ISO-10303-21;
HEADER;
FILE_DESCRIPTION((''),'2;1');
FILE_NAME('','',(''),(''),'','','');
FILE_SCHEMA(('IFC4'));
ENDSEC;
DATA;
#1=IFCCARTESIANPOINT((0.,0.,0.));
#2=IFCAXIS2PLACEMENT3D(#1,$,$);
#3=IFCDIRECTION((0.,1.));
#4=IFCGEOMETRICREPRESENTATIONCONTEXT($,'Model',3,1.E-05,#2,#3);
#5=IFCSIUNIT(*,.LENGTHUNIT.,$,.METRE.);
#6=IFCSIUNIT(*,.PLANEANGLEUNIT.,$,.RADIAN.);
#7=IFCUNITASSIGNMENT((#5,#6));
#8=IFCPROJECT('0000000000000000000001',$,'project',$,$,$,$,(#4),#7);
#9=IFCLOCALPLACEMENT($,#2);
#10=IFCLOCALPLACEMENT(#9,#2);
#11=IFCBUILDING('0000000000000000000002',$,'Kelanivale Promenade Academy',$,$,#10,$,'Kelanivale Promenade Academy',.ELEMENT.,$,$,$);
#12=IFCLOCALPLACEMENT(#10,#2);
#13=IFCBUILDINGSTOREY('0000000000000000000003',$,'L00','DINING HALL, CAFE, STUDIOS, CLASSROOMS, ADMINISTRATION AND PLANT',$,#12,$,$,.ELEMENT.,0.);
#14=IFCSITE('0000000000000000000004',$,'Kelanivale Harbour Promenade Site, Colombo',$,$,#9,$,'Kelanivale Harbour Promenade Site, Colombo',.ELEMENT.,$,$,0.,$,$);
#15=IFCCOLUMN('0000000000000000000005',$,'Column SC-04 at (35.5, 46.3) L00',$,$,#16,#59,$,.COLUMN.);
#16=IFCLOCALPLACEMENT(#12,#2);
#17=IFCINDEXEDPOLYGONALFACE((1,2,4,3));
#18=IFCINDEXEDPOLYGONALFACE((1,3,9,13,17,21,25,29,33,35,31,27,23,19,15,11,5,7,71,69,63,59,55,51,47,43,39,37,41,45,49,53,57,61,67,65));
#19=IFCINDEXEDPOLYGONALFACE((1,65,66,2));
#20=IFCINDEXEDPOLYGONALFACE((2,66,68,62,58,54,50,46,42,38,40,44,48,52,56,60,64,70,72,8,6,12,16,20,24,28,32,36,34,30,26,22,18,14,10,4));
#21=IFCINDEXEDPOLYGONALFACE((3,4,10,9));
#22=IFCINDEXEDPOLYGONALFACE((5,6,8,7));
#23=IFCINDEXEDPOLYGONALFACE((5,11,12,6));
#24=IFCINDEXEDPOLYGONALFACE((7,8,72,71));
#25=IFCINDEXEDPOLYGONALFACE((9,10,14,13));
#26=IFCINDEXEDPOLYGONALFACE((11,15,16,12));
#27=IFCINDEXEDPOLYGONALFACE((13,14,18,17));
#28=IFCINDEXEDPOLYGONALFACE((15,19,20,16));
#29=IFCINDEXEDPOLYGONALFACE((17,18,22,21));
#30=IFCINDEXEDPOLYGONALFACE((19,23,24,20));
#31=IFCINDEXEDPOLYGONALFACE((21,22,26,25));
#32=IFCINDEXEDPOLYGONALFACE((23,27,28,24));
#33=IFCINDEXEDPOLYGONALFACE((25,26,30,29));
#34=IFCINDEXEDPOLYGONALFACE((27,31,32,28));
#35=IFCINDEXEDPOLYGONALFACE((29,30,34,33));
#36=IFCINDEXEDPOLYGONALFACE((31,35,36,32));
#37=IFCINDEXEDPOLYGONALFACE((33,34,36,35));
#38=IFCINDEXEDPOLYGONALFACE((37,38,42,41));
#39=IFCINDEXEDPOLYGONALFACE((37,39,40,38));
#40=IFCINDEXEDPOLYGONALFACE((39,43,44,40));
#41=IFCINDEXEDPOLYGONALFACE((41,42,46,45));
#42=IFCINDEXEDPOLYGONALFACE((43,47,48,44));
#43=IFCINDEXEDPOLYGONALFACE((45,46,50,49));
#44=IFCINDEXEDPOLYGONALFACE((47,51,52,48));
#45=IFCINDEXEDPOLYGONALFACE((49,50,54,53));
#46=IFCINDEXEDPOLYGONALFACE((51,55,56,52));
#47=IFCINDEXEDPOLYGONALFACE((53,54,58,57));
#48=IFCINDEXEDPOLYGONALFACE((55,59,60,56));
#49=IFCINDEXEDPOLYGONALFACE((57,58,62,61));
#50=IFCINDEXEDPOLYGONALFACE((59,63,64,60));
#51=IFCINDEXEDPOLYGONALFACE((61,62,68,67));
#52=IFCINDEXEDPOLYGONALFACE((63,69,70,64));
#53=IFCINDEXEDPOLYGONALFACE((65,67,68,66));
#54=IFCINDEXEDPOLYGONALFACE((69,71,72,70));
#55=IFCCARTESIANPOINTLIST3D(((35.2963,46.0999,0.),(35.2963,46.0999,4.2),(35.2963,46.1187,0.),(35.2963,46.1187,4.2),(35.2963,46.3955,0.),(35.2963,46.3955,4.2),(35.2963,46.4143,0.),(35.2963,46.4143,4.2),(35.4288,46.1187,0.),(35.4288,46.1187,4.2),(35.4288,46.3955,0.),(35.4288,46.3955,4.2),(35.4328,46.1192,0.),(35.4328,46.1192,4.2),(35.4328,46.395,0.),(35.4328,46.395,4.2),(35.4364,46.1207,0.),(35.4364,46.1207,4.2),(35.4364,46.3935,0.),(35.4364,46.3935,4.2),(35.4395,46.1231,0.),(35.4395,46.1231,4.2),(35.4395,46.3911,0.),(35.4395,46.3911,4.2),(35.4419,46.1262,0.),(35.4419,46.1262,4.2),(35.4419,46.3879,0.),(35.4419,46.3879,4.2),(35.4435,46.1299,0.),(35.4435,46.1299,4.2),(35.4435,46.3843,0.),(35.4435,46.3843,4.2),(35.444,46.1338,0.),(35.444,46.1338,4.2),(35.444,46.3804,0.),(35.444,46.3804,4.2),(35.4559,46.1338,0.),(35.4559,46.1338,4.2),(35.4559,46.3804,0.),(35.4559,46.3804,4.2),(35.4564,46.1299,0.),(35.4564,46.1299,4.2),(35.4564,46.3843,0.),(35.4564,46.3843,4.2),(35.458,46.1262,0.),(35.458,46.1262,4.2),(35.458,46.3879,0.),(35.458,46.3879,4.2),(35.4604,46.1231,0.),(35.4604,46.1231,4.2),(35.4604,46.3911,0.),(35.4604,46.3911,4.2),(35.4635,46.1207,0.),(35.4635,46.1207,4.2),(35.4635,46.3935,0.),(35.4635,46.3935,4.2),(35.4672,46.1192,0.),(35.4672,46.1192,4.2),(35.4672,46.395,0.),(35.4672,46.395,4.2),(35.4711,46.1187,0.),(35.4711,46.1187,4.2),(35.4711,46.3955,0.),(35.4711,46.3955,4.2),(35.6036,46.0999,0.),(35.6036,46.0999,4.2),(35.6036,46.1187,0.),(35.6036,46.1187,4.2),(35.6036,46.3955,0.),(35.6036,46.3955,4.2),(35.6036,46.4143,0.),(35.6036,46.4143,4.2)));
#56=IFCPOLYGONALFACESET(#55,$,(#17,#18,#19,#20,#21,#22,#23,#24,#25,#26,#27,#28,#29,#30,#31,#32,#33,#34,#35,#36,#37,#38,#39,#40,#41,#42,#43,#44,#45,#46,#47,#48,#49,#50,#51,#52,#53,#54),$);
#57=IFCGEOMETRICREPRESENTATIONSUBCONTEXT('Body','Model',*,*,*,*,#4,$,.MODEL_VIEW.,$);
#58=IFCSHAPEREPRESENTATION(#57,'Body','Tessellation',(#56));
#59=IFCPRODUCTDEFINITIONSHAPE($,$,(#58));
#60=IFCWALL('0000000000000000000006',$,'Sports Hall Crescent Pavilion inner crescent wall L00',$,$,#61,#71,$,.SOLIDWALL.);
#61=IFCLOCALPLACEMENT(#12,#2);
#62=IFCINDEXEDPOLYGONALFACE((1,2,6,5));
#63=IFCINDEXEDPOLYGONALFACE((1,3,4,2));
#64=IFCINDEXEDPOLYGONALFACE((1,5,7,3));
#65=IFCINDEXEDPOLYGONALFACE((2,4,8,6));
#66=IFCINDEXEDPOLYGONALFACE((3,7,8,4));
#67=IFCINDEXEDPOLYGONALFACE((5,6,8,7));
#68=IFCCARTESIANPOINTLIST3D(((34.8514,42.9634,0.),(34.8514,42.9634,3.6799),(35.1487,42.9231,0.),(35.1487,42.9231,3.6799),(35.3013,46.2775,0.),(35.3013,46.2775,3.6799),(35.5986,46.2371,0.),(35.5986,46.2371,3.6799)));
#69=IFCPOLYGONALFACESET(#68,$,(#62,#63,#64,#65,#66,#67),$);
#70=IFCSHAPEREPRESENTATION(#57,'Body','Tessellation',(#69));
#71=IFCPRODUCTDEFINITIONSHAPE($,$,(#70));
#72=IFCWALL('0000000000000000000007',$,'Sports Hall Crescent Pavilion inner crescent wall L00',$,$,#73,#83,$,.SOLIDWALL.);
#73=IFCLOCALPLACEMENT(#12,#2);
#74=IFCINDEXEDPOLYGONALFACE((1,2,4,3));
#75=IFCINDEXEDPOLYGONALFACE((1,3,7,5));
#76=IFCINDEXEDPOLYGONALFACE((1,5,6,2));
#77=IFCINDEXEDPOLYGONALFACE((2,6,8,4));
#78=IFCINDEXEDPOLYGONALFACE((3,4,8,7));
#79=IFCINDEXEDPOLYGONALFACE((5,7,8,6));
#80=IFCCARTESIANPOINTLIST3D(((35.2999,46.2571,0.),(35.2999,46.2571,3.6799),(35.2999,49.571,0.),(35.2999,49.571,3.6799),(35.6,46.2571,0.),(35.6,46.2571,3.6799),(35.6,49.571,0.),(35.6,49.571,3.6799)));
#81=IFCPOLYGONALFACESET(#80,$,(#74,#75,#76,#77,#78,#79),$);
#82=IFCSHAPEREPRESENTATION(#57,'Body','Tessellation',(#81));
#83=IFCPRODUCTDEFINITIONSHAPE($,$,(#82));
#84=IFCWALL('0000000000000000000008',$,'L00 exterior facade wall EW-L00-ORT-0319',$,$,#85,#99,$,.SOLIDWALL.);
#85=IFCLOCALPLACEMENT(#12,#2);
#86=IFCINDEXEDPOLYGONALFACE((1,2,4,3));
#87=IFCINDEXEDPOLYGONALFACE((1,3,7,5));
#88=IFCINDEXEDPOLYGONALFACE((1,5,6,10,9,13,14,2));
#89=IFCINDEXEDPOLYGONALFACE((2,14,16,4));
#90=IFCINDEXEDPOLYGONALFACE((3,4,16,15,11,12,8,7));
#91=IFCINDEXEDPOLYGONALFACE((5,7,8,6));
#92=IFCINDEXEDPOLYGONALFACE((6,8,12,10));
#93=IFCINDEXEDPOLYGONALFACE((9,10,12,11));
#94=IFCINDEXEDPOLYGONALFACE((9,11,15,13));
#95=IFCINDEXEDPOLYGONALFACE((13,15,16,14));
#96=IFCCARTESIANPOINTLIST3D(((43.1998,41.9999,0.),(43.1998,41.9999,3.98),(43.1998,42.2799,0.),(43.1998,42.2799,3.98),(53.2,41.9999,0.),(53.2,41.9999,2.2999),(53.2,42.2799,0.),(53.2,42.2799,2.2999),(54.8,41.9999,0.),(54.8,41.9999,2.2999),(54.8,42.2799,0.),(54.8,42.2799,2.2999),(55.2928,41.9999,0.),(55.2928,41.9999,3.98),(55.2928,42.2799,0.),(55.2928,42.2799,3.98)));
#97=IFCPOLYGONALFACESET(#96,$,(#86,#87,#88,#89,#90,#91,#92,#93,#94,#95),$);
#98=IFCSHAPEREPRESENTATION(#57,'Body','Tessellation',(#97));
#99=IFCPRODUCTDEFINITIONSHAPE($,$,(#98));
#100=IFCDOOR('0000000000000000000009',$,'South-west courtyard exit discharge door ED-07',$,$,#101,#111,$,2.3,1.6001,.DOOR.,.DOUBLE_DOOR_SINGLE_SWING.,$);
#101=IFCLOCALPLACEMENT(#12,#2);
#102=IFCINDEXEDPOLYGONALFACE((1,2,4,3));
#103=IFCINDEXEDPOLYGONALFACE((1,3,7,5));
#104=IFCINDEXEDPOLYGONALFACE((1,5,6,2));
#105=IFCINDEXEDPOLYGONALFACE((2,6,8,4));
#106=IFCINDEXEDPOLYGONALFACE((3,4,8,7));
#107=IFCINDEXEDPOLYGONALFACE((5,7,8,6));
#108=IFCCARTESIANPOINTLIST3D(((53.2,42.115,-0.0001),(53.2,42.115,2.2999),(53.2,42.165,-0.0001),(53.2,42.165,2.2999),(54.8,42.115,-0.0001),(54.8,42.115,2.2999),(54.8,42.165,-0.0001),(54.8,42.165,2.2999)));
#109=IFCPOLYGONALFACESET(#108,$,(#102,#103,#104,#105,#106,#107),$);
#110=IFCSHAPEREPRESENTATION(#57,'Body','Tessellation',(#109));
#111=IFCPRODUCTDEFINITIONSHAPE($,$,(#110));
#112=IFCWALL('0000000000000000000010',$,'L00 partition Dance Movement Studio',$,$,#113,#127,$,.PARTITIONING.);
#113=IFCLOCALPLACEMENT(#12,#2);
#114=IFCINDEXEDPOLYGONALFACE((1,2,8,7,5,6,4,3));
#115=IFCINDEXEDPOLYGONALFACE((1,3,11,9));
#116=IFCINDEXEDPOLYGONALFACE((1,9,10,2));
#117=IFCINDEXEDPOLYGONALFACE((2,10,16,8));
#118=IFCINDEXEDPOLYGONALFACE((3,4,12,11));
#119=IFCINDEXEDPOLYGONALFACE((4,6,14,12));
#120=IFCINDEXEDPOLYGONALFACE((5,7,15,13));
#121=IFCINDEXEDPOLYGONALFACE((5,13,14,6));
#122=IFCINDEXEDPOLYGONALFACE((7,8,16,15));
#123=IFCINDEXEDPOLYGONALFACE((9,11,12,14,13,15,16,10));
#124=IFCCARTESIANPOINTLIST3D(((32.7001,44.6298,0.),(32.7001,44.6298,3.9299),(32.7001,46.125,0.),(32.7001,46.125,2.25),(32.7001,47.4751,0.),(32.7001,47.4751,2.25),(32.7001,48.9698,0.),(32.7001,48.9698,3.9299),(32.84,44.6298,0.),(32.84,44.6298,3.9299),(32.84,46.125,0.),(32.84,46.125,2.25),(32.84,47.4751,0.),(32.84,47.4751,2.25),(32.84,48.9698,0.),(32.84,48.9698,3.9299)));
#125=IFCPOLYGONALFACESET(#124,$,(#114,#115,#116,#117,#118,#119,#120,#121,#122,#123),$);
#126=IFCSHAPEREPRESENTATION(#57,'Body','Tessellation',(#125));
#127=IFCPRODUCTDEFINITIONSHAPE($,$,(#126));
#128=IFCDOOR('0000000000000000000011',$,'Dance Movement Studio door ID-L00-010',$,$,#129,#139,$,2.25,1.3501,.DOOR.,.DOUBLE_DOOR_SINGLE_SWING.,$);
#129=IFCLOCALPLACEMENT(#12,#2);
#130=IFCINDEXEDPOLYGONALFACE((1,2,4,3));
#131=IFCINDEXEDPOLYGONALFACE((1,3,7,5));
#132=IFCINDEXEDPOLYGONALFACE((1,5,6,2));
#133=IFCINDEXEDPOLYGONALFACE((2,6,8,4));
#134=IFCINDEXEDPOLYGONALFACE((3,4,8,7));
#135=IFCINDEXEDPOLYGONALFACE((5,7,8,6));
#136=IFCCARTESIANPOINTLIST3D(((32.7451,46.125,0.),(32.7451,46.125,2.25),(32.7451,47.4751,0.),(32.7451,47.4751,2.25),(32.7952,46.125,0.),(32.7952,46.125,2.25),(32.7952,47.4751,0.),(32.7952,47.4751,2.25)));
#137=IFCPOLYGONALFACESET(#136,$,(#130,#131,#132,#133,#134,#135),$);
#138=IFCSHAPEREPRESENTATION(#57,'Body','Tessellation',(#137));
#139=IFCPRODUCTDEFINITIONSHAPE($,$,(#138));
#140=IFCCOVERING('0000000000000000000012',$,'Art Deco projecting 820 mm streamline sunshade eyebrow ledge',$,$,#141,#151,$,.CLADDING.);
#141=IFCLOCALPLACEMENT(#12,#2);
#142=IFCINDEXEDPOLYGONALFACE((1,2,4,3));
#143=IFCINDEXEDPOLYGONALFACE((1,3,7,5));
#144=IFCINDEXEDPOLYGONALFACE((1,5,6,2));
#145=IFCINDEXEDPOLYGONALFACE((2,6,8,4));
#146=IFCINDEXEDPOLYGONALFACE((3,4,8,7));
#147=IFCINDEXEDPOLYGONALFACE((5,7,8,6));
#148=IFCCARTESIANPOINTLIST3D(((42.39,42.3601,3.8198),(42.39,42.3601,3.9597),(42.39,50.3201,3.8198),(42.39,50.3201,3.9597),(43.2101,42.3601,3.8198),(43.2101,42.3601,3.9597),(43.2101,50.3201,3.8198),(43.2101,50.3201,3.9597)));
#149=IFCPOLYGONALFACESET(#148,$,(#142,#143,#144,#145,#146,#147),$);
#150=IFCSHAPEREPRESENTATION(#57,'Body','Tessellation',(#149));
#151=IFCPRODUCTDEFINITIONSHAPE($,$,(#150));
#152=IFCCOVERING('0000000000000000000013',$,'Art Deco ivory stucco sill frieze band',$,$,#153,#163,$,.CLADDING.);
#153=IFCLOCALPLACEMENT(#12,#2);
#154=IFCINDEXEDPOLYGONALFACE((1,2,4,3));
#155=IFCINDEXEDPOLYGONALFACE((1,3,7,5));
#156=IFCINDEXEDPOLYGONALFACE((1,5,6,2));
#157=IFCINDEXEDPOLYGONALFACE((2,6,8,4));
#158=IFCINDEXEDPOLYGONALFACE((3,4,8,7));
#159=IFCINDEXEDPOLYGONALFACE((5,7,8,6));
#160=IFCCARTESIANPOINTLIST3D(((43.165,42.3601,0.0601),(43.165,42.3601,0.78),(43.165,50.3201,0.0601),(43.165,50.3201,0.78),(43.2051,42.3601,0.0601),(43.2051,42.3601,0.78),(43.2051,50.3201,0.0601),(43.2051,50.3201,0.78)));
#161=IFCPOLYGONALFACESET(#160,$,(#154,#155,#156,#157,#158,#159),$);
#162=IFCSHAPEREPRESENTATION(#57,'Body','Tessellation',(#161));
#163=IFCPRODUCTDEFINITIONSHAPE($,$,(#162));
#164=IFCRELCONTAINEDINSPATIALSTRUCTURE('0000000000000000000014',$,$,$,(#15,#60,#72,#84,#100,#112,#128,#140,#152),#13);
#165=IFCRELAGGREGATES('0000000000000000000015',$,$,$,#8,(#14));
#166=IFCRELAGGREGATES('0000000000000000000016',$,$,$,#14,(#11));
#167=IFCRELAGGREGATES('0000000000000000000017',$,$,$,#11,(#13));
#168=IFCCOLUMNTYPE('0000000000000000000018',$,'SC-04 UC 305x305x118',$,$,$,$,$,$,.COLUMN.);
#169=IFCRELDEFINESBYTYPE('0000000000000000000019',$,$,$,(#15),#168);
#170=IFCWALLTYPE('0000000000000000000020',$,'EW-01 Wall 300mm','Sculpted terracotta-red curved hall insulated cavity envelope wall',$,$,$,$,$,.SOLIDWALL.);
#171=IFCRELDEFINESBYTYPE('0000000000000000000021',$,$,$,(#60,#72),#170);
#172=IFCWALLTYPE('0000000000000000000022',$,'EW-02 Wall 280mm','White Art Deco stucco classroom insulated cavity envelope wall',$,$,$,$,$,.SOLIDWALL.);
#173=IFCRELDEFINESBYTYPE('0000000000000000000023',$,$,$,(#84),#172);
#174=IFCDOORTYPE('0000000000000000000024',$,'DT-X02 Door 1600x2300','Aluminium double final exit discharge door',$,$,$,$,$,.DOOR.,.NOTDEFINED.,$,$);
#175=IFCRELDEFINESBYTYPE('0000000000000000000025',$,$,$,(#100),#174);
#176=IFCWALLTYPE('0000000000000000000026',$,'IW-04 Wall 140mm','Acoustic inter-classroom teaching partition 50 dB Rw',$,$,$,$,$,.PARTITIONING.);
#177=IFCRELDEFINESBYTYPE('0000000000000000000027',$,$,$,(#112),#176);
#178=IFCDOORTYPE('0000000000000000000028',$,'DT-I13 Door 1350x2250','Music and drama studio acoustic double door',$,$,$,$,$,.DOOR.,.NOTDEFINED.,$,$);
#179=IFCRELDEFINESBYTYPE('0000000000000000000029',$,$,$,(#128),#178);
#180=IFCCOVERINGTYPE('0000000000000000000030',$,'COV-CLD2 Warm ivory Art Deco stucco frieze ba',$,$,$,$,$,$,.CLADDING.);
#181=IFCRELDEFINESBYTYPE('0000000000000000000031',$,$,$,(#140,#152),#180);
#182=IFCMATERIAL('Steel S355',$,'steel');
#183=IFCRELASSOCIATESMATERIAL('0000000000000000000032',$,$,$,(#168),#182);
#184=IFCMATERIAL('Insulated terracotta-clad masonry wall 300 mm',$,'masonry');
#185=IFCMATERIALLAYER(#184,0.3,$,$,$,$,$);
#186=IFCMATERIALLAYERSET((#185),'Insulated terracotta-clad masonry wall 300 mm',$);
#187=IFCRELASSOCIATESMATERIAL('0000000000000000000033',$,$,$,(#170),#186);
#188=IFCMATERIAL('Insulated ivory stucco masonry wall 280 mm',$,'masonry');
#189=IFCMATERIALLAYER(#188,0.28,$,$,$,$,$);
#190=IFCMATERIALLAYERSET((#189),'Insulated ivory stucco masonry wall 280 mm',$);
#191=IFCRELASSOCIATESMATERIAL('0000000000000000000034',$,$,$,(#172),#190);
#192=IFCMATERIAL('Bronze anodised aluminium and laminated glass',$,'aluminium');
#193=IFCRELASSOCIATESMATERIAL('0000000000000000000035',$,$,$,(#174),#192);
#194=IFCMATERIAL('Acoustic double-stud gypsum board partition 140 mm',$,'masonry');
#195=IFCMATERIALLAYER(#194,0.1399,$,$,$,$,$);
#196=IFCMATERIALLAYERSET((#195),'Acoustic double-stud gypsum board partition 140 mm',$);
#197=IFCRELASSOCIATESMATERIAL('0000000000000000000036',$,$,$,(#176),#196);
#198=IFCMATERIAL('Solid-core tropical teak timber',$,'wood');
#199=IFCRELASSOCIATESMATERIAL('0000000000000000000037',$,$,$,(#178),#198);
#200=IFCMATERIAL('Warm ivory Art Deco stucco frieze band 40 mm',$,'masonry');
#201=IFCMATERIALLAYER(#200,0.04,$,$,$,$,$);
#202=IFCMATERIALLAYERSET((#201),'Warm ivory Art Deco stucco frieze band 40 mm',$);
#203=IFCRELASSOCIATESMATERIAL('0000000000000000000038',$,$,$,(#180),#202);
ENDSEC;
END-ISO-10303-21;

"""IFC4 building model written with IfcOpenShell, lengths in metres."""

from ifc_helpers import new_model, si_unit, direction, frame, frame_2d, origin, origin_2d, place, context, subcontext, project, spatial, rectangle, i_section, extrude, material, layer, layer_set, material_profile, profile_set, type_object, element, fill, save


model = new_model("IFC4")

# Units and contexts
model_context = context("Model", 3, precision=1e-05, world=origin(), true_north=direction((0.0, 1.0)))
body_context = subcontext(model_context, "Body", "Model", "MODEL_VIEW")
ifc_project = project(units=[si_unit("LENGTHUNIT", "METRE"), si_unit("PLANEANGLEUNIT", "RADIAN")], contexts=[model_context])

# Site, building, storey
site_placement = place(None, origin())
site = spatial("IfcSite", under=ifc_project, at=site_placement, Name="Kelanivale Harbour Promenade Site, Colombo", LongName="Kelanivale Harbour Promenade Site, Colombo", CompositionType="ELEMENT", RefElevation=0.0)
building_placement = place(site_placement, origin())
building = spatial("IfcBuilding", under=site, at=building_placement, Name="Kelanivale Promenade Academy", LongName="Kelanivale Promenade Academy", CompositionType="ELEMENT")
storey_placement = place(building_placement, origin())
storey = spatial("IfcBuildingStorey", under=building, at=storey_placement, Name="L00", Description="DINING HALL, CAFE, STUDIOS, CLASSROOMS, ADMINISTRATION AND PLANT", CompositionType="ELEMENT", Elevation=0.0)

# Column
ifc_material_1 = material(Name="Steel S355", Category="steel")
ifc_material_profile_1 = material_profile(ifc_material_1, i_section(OverallWidth=0.3074, OverallDepth=0.3145, WebThickness=0.012, FlangeThickness=0.0188, FilletRadius=0.0151, at=origin_2d()), Name="UC 305x305x118")
ifc_profile_set_1 = profile_set([ifc_material_profile_1], Name="Steel S355")
column_type_1 = type_object("IfcColumnType", Name="SC-04 UC 305x305x118", PredefinedType="COLUMN", material=ifc_profile_set_1)
column_1_placement = place(storey_placement, frame((35.45, 46.2571, 0.0), z_axis=(0.0, 0.0, 1.0), x_axis=(1.0, 0.0, 0.0)))
element("IfcColumn", 1, at=column_1_placement, inside=storey, type_object=column_type_1, Name="Column SC-04 at (35.5, 46.3) L00", PredefinedType="COLUMN", context=body_context, shape_type="SweptSolid", body=[
    extrude(i_section(OverallWidth=0.3074, OverallDepth=0.3145, WebThickness=0.012, FlangeThickness=0.0188, FilletRadius=0.0151, at=origin_2d()), origin(), (0.0, 0.0, 1.0), 4.2),
])

# Walls
ifc_material_2 = material(Name="Insulated terracotta-clad masonry wall 300 mm", Category="masonry")
ifc_layer_1 = layer(ifc_material_2, 0.3)
ifc_layer_set_1 = layer_set([ifc_layer_1], Name="Insulated terracotta-clad masonry wall 300 mm")
wall_type_1 = type_object("IfcWallType", Name="EW-01 Wall 300mm", Description="Sculpted terracotta-red curved hall insulated cavity envelope wall", PredefinedType="SOLIDWALL", material=ifc_layer_set_1)
wall_1_placement = place(storey_placement, frame((35.0, 42.9431, 0.0), z_axis=(0.0, 0.0, 1.0), x_axis=(0.13454, 0.990908, 0.0)))
element("IfcWall", 2, at=wall_1_placement, inside=storey, type_object=wall_type_1, Name="Sports Hall Crescent Pavilion inner crescent wall L00", PredefinedType="SOLIDWALL", context=body_context, shape_type="SweptSolid", body=[
    extrude(rectangle(XDim=3.3445, YDim=0.3, at=frame_2d((1.6724, 0.0))), origin(), (0.0, 0.0, 1.0), 3.6799),
])
wall_2_placement = place(storey_placement, frame((35.45, 46.2571, 0.0), z_axis=(0.0, 0.0, 1.0), x_axis=(0.0, 1.0, 0.0)))
element("IfcWall", 3, at=wall_2_placement, inside=storey, type_object=wall_type_1, Name="Sports Hall Crescent Pavilion inner crescent wall L00", PredefinedType="SOLIDWALL", context=body_context, shape_type="SweptSolid", body=[
    extrude(rectangle(XDim=3.314, YDim=0.3, at=frame_2d((1.657, 0.0))), origin(), (0.0, 0.0, 1.0), 3.6799),
])

# Walls, openings, doors
ifc_material_3 = material(Name="Insulated ivory stucco masonry wall 280 mm", Category="masonry")
ifc_layer_2 = layer(ifc_material_3, 0.28)
ifc_layer_set_2 = layer_set([ifc_layer_2], Name="Insulated ivory stucco masonry wall 280 mm")
wall_type_2 = type_object("IfcWallType", Name="EW-02 Wall 280mm", Description="White Art Deco stucco classroom insulated cavity envelope wall", PredefinedType="SOLIDWALL", material=ifc_layer_set_2)
wall_3_placement = place(storey_placement, frame((43.2, 42.1399, 0.0), z_axis=(0.0, 0.0, 1.0), x_axis=(1.0, 0.0, 0.0)))
wall_3 = element("IfcWall", 4, at=wall_3_placement, inside=storey, type_object=wall_type_2, Name="L00 exterior facade wall EW-L00-ORT-0319", PredefinedType="SOLIDWALL", context=body_context, shape_type="SweptSolid", body=[
    extrude(rectangle(XDim=12.093, YDim=0.28, at=frame_2d((6.0464, 0.0))), origin(), (0.0, 0.0, 1.0), 3.98),
])
opening_1_placement = place(wall_3_placement, frame((10.0, 0.0, 0.0)))
opening_1 = element("IfcOpeningElement", 5, at=opening_1_placement, cuts=wall_3, PredefinedType="OPENING", context=body_context, shape_type="SweptSolid", body=[
    extrude(rectangle(XDim=1.6001, YDim=2.3, at=frame_2d((0.8, 1.1499))), frame((0.0, 0.1499, 0.0), z_axis=(0.0, -1.0, 0.0), x_axis=(1.0, 0.0, 0.0)), (0.0, 0.0, 1.0), 0.3),
])
ifc_material_4 = material(Name="Bronze anodised aluminium and laminated glass", Category="aluminium")
door_type_1 = type_object("IfcDoorType", Name="DT-X02 Door 1600x2300", Description="Aluminium double final exit discharge door", OperationType="NOTDEFINED", PredefinedType="DOOR", material=ifc_material_4)
door_1_placement = place(opening_1_placement, frame((1.6001, 0.0, 0.0), z_axis=(0.0, 0.0, 1.0), x_axis=(-1.0, 0.0, 0.0)))
door_1 = element("IfcDoor", 6, at=door_1_placement, inside=storey, type_object=door_type_1, Name="South-west courtyard exit discharge door ED-07", OperationType="DOUBLE_DOOR_SINGLE_SWING", OverallHeight=2.3, OverallWidth=1.6001, PredefinedType="DOOR", context=body_context, shape_type="SweptSolid", body=[
    extrude(rectangle(XDim=1.6001, YDim=2.3, at=frame_2d((0.8, 1.1499))), frame((0.0, 0.0249, 0.0), z_axis=(0.0, -1.0, 0.0), x_axis=(1.0, 0.0, 0.0)), (0.0, 0.0, 1.0), 0.05),
])
fill(opening_1, door_1)
ifc_material_5 = material(Name="Acoustic double-stud gypsum board partition 140 mm", Category="masonry")
ifc_layer_3 = layer(ifc_material_5, 0.1399)
ifc_layer_set_3 = layer_set([ifc_layer_3], Name="Acoustic double-stud gypsum board partition 140 mm")
wall_type_3 = type_object("IfcWallType", Name="IW-04 Wall 140mm", Description="Acoustic inter-classroom teaching partition 50 dB Rw", PredefinedType="PARTITIONING", material=ifc_layer_set_3)
wall_4_placement = place(storey_placement, frame((32.77, 44.6299, 0.0), z_axis=(0.0, 0.0, 1.0), x_axis=(0.0, 1.0, 0.0)))
wall_4 = element("IfcWall", 7, at=wall_4_placement, inside=storey, type_object=wall_type_3, Name="L00 partition Dance Movement Studio", PredefinedType="PARTITIONING", context=body_context, shape_type="SweptSolid", body=[
    extrude(rectangle(XDim=4.3401, YDim=0.1399, at=frame_2d((2.1699, 0.0))), origin(), (0.0, 0.0, 1.0), 3.9299),
])
opening_2_placement = place(wall_4_placement, frame((1.4951, 0.0, 0.0)))
opening_2 = element("IfcOpeningElement", 8, at=opening_2_placement, cuts=wall_4, PredefinedType="OPENING", context=body_context, shape_type="SweptSolid", body=[
    extrude(rectangle(XDim=1.3501, YDim=2.25, at=frame_2d((0.675, 1.125))), frame((0.0, 0.0801, 0.0), z_axis=(0.0, -1.0, 0.0), x_axis=(1.0, 0.0, 0.0)), (0.0, 0.0, 1.0), 0.1599),
])
ifc_material_6 = material(Name="Solid-core tropical teak timber", Category="wood")
door_type_2 = type_object("IfcDoorType", Name="DT-I13 Door 1350x2250", Description="Music and drama studio acoustic double door", OperationType="NOTDEFINED", PredefinedType="DOOR", material=ifc_material_6)
door_2_placement = place(opening_2_placement, origin())
door_2 = element("IfcDoor", 9, at=door_2_placement, inside=storey, type_object=door_type_2, Name="Dance Movement Studio door ID-L00-010", OperationType="DOUBLE_DOOR_SINGLE_SWING", OverallHeight=2.25, OverallWidth=1.3501, PredefinedType="DOOR", context=body_context, shape_type="SweptSolid", body=[
    extrude(rectangle(XDim=1.3501, YDim=2.25, at=frame_2d((0.675, 1.125))), frame((0.0, 0.0249, 0.0), z_axis=(0.0, -1.0, 0.0), x_axis=(1.0, 0.0, 0.0)), (0.0, 0.0, 1.0), 0.05),
])
fill(opening_2, door_2)

# Coverings
ifc_material_7 = material(Name="Warm ivory Art Deco stucco frieze band 40 mm", Category="masonry")
ifc_layer_4 = layer(ifc_material_7, 0.04)
ifc_layer_set_4 = layer_set([ifc_layer_4], Name="Warm ivory Art Deco stucco frieze band 40 mm")
covering_type = type_object("IfcCoveringType", Name="COV-CLD2 Warm ivory Art Deco stucco frieze ba", PredefinedType="CLADDING", material=ifc_layer_set_4)
covering_1_placement = place(storey_placement, frame((42.8, 46.3401, 3.8198), z_axis=(0.0, 0.0, 1.0), x_axis=(0.0, -1.0, 0.0)))
element("IfcCovering", 10, at=covering_1_placement, inside=storey, type_object=covering_type, Name="Art Deco projecting 820 mm streamline sunshade eyebrow ledge", PredefinedType="CLADDING", context=body_context, shape_type="SweptSolid", body=[
    extrude(rectangle(XDim=7.96, YDim=0.8201, at=origin_2d()), origin(), (0.0, 0.0, 1.0), 0.1399),
])
covering_2_placement = place(storey_placement, frame((43.1851, 46.3401, 0.0601), z_axis=(0.0, 0.0, 1.0), x_axis=(0.0, -1.0, 0.0)))
element("IfcCovering", 11, at=covering_2_placement, inside=storey, type_object=covering_type, Name="Art Deco ivory stucco sill frieze band", PredefinedType="CLADDING", context=body_context, shape_type="SweptSolid", body=[
    extrude(rectangle(XDim=7.96, YDim=0.04, at=origin_2d()), origin(), (0.0, 0.0, 1.0), 0.72),
])

save(model, "model.ifc")
